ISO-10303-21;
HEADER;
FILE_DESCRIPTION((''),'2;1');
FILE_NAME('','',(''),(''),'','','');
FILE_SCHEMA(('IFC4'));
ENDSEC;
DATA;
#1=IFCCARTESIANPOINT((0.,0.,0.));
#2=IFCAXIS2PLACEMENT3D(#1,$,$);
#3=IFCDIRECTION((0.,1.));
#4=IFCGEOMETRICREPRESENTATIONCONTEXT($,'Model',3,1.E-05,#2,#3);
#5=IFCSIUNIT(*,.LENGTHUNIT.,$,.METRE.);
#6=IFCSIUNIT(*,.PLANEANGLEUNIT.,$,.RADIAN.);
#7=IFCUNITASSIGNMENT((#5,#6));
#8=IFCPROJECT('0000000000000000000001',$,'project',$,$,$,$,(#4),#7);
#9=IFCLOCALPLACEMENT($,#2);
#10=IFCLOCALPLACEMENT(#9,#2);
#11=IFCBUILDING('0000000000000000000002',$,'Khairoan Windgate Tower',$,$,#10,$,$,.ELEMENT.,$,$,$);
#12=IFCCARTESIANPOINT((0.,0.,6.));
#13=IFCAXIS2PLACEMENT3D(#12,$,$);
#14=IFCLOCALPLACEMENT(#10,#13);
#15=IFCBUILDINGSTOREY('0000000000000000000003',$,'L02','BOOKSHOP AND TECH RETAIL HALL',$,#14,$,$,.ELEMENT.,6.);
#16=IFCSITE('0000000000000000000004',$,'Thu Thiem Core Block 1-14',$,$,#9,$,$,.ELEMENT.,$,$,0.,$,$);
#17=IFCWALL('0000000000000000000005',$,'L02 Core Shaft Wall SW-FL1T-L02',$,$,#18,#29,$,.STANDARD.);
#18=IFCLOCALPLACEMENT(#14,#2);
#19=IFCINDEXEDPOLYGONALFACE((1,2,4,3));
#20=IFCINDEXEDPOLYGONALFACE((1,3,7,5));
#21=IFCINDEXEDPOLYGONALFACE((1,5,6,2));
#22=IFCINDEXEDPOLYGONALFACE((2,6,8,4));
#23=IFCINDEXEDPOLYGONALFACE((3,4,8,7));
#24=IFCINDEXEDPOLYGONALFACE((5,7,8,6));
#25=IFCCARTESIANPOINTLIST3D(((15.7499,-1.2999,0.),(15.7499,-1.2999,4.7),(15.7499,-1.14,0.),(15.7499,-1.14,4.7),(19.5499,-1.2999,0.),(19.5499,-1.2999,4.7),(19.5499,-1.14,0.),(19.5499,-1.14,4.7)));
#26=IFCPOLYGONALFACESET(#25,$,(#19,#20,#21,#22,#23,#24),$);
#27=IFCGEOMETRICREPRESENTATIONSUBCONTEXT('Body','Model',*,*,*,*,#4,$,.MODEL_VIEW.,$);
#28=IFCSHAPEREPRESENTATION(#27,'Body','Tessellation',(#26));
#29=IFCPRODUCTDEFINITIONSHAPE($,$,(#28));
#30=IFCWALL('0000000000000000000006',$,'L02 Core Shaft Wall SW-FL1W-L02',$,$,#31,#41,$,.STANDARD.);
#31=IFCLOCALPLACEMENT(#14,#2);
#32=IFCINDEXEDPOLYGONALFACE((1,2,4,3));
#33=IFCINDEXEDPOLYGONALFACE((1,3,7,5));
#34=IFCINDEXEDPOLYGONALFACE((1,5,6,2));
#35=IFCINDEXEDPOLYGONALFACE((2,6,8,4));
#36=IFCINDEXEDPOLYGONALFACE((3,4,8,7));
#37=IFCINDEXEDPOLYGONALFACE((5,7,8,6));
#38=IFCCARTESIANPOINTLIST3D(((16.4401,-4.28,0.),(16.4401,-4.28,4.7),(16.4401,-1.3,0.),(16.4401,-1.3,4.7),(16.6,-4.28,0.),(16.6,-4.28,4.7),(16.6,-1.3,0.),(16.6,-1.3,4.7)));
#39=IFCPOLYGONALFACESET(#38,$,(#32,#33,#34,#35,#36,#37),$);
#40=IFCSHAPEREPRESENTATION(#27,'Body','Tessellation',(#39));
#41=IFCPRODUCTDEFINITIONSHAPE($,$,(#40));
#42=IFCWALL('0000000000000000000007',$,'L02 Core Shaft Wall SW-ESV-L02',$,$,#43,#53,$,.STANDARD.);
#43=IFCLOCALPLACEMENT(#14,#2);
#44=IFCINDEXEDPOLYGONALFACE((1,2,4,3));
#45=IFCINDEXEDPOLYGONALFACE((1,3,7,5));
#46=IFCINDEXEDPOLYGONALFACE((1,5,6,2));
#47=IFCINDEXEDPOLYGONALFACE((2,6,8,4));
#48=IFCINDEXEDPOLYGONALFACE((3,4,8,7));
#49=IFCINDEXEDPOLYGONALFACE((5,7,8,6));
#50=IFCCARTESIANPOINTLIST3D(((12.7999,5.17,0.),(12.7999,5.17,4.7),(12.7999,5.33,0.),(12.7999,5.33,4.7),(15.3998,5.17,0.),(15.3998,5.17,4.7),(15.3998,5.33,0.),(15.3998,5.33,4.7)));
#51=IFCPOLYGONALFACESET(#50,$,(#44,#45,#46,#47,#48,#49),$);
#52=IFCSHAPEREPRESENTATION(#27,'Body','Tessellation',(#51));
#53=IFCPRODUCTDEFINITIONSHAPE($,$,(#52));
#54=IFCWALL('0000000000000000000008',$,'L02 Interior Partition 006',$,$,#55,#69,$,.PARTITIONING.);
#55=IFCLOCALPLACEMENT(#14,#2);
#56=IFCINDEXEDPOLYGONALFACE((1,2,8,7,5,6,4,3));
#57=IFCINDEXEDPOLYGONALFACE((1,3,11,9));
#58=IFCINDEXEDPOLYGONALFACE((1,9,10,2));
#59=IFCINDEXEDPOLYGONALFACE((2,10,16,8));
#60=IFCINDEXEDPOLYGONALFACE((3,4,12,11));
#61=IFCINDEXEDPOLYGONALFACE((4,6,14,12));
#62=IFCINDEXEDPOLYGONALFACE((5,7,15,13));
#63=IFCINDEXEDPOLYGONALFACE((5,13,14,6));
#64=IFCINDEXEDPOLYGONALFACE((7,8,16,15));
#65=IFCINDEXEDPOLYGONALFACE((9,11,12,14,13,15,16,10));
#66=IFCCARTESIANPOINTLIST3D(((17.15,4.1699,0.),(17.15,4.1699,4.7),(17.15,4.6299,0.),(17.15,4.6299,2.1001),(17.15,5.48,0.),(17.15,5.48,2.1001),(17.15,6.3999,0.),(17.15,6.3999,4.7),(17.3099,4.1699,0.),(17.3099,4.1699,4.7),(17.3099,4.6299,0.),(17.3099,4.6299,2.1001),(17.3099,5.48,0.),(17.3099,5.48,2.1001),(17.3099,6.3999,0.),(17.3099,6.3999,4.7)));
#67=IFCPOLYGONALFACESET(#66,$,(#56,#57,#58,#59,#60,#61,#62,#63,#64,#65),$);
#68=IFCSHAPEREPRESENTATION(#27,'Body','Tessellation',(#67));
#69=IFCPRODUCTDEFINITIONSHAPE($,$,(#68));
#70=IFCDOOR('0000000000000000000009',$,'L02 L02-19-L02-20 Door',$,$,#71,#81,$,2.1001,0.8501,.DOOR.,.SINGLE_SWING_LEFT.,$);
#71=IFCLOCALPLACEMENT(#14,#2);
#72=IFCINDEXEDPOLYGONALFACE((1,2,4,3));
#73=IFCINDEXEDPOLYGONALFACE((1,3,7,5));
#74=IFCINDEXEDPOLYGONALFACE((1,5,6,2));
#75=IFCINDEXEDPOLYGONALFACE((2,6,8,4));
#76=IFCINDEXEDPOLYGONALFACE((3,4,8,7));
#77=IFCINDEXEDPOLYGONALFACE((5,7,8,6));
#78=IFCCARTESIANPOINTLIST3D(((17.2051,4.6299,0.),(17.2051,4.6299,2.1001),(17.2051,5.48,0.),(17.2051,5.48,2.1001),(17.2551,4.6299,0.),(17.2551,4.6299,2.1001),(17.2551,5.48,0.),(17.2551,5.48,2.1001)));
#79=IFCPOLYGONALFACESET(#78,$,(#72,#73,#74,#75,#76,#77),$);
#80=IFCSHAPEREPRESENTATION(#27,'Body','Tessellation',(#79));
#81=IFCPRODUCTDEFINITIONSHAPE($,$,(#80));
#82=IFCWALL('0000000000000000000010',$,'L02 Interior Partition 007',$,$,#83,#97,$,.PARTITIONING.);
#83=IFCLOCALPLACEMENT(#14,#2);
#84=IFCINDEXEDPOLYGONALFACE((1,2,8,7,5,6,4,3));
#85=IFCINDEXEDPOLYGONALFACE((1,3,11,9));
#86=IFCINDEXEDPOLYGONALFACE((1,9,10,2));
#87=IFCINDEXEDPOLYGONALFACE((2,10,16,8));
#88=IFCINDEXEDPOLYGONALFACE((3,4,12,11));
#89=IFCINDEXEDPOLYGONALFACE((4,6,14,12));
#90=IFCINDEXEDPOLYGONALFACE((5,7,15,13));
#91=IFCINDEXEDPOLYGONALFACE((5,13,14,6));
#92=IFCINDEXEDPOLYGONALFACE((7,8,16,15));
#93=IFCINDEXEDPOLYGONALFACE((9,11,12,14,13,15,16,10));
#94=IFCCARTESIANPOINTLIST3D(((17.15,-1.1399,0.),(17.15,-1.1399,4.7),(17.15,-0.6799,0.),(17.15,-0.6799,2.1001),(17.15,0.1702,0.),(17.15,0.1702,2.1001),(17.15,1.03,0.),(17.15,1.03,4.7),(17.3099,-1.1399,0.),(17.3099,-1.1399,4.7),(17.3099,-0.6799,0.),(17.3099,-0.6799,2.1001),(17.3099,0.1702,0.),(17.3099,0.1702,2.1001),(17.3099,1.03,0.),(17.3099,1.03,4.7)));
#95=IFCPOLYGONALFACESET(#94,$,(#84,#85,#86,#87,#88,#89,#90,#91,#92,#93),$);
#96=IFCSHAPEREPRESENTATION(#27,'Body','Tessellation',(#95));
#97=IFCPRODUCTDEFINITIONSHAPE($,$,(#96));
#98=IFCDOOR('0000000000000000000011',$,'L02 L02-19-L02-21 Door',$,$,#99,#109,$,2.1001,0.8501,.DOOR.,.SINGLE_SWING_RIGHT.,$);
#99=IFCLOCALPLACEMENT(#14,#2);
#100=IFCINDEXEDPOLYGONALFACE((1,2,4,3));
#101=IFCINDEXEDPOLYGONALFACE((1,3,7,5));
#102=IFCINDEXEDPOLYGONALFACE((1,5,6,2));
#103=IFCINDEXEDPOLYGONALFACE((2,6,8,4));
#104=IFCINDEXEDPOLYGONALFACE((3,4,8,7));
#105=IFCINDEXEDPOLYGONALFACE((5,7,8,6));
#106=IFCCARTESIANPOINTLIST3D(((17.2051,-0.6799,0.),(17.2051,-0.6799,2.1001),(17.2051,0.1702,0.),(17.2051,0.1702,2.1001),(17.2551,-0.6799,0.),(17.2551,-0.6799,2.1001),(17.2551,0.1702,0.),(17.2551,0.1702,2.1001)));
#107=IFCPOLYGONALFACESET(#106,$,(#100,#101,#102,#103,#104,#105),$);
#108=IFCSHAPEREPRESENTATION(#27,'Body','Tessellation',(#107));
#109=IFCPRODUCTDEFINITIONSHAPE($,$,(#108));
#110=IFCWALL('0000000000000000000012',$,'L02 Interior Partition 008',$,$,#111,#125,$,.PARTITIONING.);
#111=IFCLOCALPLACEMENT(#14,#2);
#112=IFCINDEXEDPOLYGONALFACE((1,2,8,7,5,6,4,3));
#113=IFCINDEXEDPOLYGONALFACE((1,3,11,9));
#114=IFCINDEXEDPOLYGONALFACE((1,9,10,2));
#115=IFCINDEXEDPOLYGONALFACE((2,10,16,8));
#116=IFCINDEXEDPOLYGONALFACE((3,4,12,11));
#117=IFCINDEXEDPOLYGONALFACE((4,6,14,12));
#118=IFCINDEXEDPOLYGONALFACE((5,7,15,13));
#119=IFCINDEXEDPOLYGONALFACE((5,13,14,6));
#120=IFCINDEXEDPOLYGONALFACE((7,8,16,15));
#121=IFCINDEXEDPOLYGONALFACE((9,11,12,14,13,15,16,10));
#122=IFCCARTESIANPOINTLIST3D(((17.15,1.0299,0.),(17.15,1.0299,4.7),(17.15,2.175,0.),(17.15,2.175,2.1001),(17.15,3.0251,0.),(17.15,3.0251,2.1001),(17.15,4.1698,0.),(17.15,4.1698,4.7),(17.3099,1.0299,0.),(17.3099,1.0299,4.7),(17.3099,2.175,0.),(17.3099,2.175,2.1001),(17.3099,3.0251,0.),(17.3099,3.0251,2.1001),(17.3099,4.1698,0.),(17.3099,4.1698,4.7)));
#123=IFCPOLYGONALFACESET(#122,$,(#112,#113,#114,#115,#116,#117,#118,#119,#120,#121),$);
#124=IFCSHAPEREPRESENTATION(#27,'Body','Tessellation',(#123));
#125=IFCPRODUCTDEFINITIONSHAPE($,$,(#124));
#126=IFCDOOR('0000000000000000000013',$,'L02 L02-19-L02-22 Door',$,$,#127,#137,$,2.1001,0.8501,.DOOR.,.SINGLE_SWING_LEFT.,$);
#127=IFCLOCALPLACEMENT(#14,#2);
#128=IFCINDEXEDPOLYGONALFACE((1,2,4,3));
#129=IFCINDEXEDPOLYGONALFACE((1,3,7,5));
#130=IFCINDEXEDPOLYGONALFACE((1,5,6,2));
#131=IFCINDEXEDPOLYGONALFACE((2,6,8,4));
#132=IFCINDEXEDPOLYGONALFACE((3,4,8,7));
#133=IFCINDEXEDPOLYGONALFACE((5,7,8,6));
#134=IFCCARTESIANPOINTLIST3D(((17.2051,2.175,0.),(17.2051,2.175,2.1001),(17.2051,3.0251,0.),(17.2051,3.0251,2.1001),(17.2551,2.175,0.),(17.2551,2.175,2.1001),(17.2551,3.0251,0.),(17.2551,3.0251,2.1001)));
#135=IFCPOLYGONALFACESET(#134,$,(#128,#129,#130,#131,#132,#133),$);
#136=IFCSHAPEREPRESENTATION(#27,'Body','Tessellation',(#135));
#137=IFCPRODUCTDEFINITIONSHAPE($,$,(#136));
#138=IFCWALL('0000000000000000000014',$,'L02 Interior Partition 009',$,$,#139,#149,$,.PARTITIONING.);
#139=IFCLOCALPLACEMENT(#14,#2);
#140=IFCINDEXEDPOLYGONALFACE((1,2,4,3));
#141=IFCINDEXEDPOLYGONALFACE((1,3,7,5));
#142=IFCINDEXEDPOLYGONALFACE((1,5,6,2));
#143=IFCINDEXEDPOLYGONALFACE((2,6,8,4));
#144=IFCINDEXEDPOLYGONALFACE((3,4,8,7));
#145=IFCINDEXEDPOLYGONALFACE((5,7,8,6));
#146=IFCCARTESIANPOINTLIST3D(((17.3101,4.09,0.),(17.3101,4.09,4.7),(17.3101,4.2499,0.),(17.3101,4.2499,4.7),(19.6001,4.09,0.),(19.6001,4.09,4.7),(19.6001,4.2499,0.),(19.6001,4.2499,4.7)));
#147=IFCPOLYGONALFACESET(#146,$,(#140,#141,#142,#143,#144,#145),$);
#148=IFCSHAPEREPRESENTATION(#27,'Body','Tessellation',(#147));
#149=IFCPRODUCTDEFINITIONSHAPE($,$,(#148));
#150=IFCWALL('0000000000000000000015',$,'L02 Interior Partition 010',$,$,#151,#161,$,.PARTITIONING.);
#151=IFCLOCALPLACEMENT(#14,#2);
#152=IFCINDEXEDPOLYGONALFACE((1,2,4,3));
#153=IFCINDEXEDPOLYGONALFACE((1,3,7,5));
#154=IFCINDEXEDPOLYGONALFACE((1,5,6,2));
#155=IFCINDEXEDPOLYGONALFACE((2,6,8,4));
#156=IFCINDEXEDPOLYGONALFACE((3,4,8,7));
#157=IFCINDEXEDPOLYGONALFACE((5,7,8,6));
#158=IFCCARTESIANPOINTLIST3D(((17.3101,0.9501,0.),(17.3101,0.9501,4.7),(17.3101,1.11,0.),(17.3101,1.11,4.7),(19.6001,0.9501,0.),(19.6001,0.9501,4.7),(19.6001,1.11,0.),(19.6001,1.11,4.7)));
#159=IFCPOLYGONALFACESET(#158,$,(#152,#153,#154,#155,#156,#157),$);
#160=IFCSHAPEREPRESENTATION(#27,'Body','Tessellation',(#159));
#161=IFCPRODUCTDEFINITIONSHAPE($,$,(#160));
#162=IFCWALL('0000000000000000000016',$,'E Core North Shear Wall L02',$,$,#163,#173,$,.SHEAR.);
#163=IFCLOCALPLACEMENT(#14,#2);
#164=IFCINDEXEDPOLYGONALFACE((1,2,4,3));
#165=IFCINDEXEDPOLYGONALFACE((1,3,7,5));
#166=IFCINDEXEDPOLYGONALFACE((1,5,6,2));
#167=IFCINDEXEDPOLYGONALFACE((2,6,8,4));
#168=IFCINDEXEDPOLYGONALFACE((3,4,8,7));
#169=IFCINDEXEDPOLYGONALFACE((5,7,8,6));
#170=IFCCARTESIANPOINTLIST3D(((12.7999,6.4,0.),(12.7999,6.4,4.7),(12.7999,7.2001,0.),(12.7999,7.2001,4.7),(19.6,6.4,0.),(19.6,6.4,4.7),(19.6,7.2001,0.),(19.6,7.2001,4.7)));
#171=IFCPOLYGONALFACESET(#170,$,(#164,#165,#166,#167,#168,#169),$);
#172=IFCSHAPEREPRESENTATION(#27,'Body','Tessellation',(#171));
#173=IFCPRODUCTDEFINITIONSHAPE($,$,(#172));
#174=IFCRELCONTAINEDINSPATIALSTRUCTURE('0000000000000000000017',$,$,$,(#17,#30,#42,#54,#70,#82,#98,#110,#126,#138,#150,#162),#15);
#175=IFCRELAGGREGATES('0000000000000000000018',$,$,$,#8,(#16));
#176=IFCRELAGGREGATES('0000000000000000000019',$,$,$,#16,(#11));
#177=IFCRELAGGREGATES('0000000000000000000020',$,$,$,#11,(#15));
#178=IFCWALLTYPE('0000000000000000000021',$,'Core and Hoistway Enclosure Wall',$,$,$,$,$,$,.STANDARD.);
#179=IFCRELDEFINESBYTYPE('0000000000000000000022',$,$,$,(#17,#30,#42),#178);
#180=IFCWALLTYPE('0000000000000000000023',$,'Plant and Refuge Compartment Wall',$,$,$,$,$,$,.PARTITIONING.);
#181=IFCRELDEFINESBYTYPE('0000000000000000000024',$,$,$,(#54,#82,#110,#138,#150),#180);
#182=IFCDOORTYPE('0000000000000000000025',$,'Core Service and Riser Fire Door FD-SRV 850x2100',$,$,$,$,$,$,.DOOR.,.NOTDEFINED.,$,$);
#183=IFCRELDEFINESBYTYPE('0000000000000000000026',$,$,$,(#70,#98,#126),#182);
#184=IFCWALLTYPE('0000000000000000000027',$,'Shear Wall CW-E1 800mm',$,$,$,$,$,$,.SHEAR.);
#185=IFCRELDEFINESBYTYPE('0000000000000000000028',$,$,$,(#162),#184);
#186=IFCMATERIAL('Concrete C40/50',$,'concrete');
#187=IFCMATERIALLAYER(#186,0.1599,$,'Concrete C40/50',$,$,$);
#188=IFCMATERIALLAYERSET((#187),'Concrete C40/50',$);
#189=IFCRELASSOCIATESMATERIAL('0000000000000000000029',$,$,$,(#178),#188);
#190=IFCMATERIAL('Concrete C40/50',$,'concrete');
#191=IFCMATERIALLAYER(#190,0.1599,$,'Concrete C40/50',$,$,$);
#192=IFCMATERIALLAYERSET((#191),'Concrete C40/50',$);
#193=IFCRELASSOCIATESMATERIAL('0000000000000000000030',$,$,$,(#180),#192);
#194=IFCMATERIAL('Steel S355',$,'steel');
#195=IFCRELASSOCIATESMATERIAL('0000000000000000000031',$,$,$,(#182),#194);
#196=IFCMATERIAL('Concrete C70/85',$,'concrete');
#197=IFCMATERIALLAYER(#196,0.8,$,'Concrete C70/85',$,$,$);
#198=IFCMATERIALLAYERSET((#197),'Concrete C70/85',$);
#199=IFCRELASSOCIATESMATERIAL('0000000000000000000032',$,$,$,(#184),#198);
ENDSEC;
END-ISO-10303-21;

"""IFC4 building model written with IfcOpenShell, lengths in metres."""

from ifc_helpers import new_model, si_unit, direction, frame, frame_2d, origin, place, context, subcontext, project, spatial, rectangle, extrude, material, layer, layer_set, type_object, element, fill, save


model = new_model("IFC4")

# Units and contexts
model_context = context("Model", 3, precision=1e-05, world=origin(), true_north=direction((0.0, 1.0)))
body_context = subcontext(model_context, "Body", "Model", "MODEL_VIEW")
ifc_project = project(units=[si_unit("LENGTHUNIT", "METRE"), si_unit("PLANEANGLEUNIT", "RADIAN")], contexts=[model_context])

# Site, building, storey
site_placement = place(None, origin())
site = spatial("IfcSite", under=ifc_project, at=site_placement, Name="Thu Thiem Core Block 1-14", CompositionType="ELEMENT", RefElevation=0.0)
building_placement = place(site_placement, origin())
building = spatial("IfcBuilding", under=site, at=building_placement, Name="Khairoan Windgate Tower", CompositionType="ELEMENT")
storey_placement = place(building_placement, frame((0.0, 0.0, 6.0)))
storey = spatial("IfcBuildingStorey", under=building, at=storey_placement, Name="L02", Description="BOOKSHOP AND TECH RETAIL HALL", CompositionType="ELEMENT", Elevation=6.0)

# Shared definitions
ifc_material_1 = material(Name="Concrete C40/50", Category="concrete")
ifc_layer_1 = layer(ifc_material_1, 0.1599, Name="Concrete C40/50")
ifc_layer_set_1 = layer_set([ifc_layer_1], Name="Concrete C40/50")
wall_type_1 = type_object("IfcWallType", Name="Core and Hoistway Enclosure Wall", PredefinedType="STANDARD", material=ifc_layer_set_1)

# Walls
wall_1_placement = place(storey_placement, frame((15.75, -1.22, 0.0), z_axis=(0.0, 0.0, 1.0), x_axis=(1.0, 0.0, 0.0)))
element("IfcWall", 1, at=wall_1_placement, inside=storey, type_object=wall_type_1, Name="L02 Core Shaft Wall SW-FL1T-L02", PredefinedType="STANDARD", context=body_context, shape_type="SweptSolid", body=[
    extrude(rectangle(XDim=3.8, YDim=0.1599, at=frame_2d((1.8999, 0.0))), origin(), (0.0, 0.0, 1.0), 4.7),
])
wall_2_placement = place(storey_placement, frame((16.52, -4.28, 0.0), z_axis=(0.0, 0.0, 1.0), x_axis=(0.0, 1.0, 0.0)))
element("IfcWall", 2, at=wall_2_placement, inside=storey, type_object=wall_type_1, Name="L02 Core Shaft Wall SW-FL1W-L02", PredefinedType="STANDARD", context=body_context, shape_type="SweptSolid", body=[
    extrude(rectangle(XDim=2.98, YDim=0.1599, at=frame_2d((1.49, 0.0))), origin(), (0.0, 0.0, 1.0), 4.7),
])
wall_3_placement = place(storey_placement, frame((12.8, 5.25, 0.0), z_axis=(0.0, 0.0, 1.0), x_axis=(1.0, 0.0, 0.0)))
element("IfcWall", 3, at=wall_3_placement, inside=storey, type_object=wall_type_1, Name="L02 Core Shaft Wall SW-ESV-L02", PredefinedType="STANDARD", context=body_context, shape_type="SweptSolid", body=[
    extrude(rectangle(XDim=2.5999, YDim=0.1599, at=frame_2d((1.2998, 0.0))), origin(), (0.0, 0.0, 1.0), 4.7),
])

# Walls, openings, doors
ifc_material_2 = material(Name="Concrete C40/50", Category="concrete")
ifc_layer_2 = layer(ifc_material_2, 0.1599, Name="Concrete C40/50")
ifc_layer_set_2 = layer_set([ifc_layer_2], Name="Concrete C40/50")
wall_type_2 = type_object("IfcWallType", Name="Plant and Refuge Compartment Wall", PredefinedType="PARTITIONING", material=ifc_layer_set_2)
wall_4_placement = place(storey_placement, frame((17.23, 4.1699, 0.0), z_axis=(0.0, 0.0, 1.0), x_axis=(0.0, 1.0, 0.0)))
wall_4 = element("IfcWall", 4, at=wall_4_placement, inside=storey, type_object=wall_type_2, Name="L02 Interior Partition 006", PredefinedType="PARTITIONING", context=body_context, shape_type="SweptSolid", body=[
    extrude(rectangle(XDim=2.23, YDim=0.1599, at=frame_2d((1.115, 0.0))), origin(), (0.0, 0.0, 1.0), 4.7),
])
opening_1_placement = place(wall_4_placement, frame((0.46, 0.0, 0.0)))
opening_1 = element("IfcOpeningElement", 5, at=opening_1_placement, cuts=wall_4, PredefinedType="OPENING", context=body_context, shape_type="SweptSolid", body=[
    extrude(rectangle(XDim=0.8501, YDim=2.1001, at=frame_2d((0.425, 1.05))), frame((0.0, 0.0898, 0.0), z_axis=(0.0, -1.0, 0.0), x_axis=(1.0, 0.0, 0.0)), (0.0, 0.0, 1.0), 0.1799),
])
ifc_material_3 = material(Name="Steel S355", Category="steel")
door_type_1 = type_object("IfcDoorType", Name="Core Service and Riser Fire Door FD-SRV 850x2100", OperationType="NOTDEFINED", PredefinedType="DOOR", material=ifc_material_3)
door_1_placement = place(opening_1_placement, origin())
door_1 = element("IfcDoor", 6, at=door_1_placement, inside=storey, type_object=door_type_1, Name="L02 L02-19-L02-20 Door", OperationType="SINGLE_SWING_LEFT", OverallHeight=2.1001, OverallWidth=0.8501, PredefinedType="DOOR", context=body_context, shape_type="SweptSolid", body=[
    extrude(rectangle(XDim=0.8501, YDim=2.1001, at=frame_2d((0.425, 1.05))), frame((0.0, 0.0249, 0.0), z_axis=(0.0, -1.0, 0.0), x_axis=(1.0, 0.0, 0.0)), (0.0, 0.0, 1.0), 0.05),
])
fill(opening_1, door_1)
wall_5_placement = place(storey_placement, frame((17.23, -1.1399, 0.0), z_axis=(0.0, 0.0, 1.0), x_axis=(0.0, 1.0, 0.0)))
wall_5 = element("IfcWall", 7, at=wall_5_placement, inside=storey, type_object=wall_type_2, Name="L02 Interior Partition 007", PredefinedType="PARTITIONING", context=body_context, shape_type="SweptSolid", body=[
    extrude(rectangle(XDim=2.1699, YDim=0.1599, at=frame_2d((1.085, 0.0))), origin(), (0.0, 0.0, 1.0), 4.7),
])
opening_2_placement = place(wall_5_placement, frame((0.46, 0.0, 0.0)))
opening_2 = element("IfcOpeningElement", 8, at=opening_2_placement, cuts=wall_5, PredefinedType="OPENING", context=body_context, shape_type="SweptSolid", body=[
    extrude(rectangle(XDim=0.8501, YDim=2.1001, at=frame_2d((0.425, 1.05))), frame((0.0, 0.0898, 0.0), z_axis=(0.0, -1.0, 0.0), x_axis=(1.0, 0.0, 0.0)), (0.0, 0.0, 1.0), 0.1799),
])
door_2_placement = place(opening_2_placement, origin())
door_2 = element("IfcDoor", 9, at=door_2_placement, inside=storey, type_object=door_type_1, Name="L02 L02-19-L02-21 Door", OperationType="SINGLE_SWING_RIGHT", OverallHeight=2.1001, OverallWidth=0.8501, PredefinedType="DOOR", context=body_context, shape_type="SweptSolid", body=[
    extrude(rectangle(XDim=0.8501, YDim=2.1001, at=frame_2d((0.425, 1.05))), frame((0.0, 0.0249, 0.0), z_axis=(0.0, -1.0, 0.0), x_axis=(1.0, 0.0, 0.0)), (0.0, 0.0, 1.0), 0.05),
])
fill(opening_2, door_2)
wall_6_placement = place(storey_placement, frame((17.23, 1.03, 0.0), z_axis=(0.0, 0.0, 1.0), x_axis=(0.0, 1.0, 0.0)))
wall_6 = element("IfcWall", 10, at=wall_6_placement, inside=storey, type_object=wall_type_2, Name="L02 Interior Partition 008", PredefinedType="PARTITIONING", context=body_context, shape_type="SweptSolid", body=[
    extrude(rectangle(XDim=3.1399, YDim=0.1599, at=frame_2d((1.5698, 0.0))), origin(), (0.0, 0.0, 1.0), 4.7),
])
opening_3_placement = place(wall_6_placement, frame((1.145, 0.0, 0.0)))
opening_3 = element("IfcOpeningElement", 11, at=opening_3_placement, cuts=wall_6, PredefinedType="OPENING", context=body_context, shape_type="SweptSolid", body=[
    extrude(rectangle(XDim=0.8501, YDim=2.1001, at=frame_2d((0.425, 1.05))), frame((0.0, 0.0898, 0.0), z_axis=(0.0, -1.0, 0.0), x_axis=(1.0, 0.0, 0.0)), (0.0, 0.0, 1.0), 0.1799),
])
door_3_placement = place(opening_3_placement, origin())
door_3 = element("IfcDoor", 12, at=door_3_placement, inside=storey, type_object=door_type_1, Name="L02 L02-19-L02-22 Door", OperationType="SINGLE_SWING_LEFT", OverallHeight=2.1001, OverallWidth=0.8501, PredefinedType="DOOR", context=body_context, shape_type="SweptSolid", body=[
    extrude(rectangle(XDim=0.8501, YDim=2.1001, at=frame_2d((0.425, 1.05))), frame((0.0, 0.0249, 0.0), z_axis=(0.0, -1.0, 0.0), x_axis=(1.0, 0.0, 0.0)), (0.0, 0.0, 1.0), 0.05),
])
fill(opening_3, door_3)

# Walls
for number, where, z_axis, x_axis, name in (
    (13, (17.3101, 4.1699, 0.0), (0.0, 0.0, 1.0), (1.0, 0.0, 0.0), "L02 Interior Partition 009"),
    (14, (17.3101, 1.03, 0.0), (0.0, 0.0, 1.0), (1.0, 0.0, 0.0), "L02 Interior Partition 010"),
):
    element("IfcWall", number, at=place(storey_placement, frame(where, z_axis=z_axis, x_axis=x_axis)), inside=storey, type_object=wall_type_2, Name=name, PredefinedType="PARTITIONING", context=body_context, shape_type="SweptSolid", body=[
        extrude(rectangle(XDim=2.29, YDim=0.1599, at=frame_2d((1.145, 0.0))), origin(), (0.0, 0.0, 1.0), 4.7),
    ])
ifc_material_4 = material(Name="Concrete C70/85", Category="concrete")
ifc_layer_3 = layer(ifc_material_4, 0.8, Name="Concrete C70/85")
ifc_layer_set_3 = layer_set([ifc_layer_3], Name="Concrete C70/85")
wall_type_3 = type_object("IfcWallType", Name="Shear Wall CW-E1 800mm", PredefinedType="SHEAR", material=ifc_layer_set_3)
wall_7_placement = place(storey_placement, frame((12.8, 6.8, 0.0), z_axis=(0.0, 0.0, 1.0), x_axis=(1.0, 0.0, 0.0)))
element("IfcWall", 15, at=wall_7_placement, inside=storey, type_object=wall_type_3, Name="E Core North Shear Wall L02", PredefinedType="SHEAR", context=body_context, shape_type="SweptSolid", body=[
    extrude(rectangle(XDim=6.8, YDim=0.8, at=frame_2d((3.3999, 0.0))), origin(), (0.0, 0.0, 1.0), 4.7),
])

save(model, "model.ifc")
